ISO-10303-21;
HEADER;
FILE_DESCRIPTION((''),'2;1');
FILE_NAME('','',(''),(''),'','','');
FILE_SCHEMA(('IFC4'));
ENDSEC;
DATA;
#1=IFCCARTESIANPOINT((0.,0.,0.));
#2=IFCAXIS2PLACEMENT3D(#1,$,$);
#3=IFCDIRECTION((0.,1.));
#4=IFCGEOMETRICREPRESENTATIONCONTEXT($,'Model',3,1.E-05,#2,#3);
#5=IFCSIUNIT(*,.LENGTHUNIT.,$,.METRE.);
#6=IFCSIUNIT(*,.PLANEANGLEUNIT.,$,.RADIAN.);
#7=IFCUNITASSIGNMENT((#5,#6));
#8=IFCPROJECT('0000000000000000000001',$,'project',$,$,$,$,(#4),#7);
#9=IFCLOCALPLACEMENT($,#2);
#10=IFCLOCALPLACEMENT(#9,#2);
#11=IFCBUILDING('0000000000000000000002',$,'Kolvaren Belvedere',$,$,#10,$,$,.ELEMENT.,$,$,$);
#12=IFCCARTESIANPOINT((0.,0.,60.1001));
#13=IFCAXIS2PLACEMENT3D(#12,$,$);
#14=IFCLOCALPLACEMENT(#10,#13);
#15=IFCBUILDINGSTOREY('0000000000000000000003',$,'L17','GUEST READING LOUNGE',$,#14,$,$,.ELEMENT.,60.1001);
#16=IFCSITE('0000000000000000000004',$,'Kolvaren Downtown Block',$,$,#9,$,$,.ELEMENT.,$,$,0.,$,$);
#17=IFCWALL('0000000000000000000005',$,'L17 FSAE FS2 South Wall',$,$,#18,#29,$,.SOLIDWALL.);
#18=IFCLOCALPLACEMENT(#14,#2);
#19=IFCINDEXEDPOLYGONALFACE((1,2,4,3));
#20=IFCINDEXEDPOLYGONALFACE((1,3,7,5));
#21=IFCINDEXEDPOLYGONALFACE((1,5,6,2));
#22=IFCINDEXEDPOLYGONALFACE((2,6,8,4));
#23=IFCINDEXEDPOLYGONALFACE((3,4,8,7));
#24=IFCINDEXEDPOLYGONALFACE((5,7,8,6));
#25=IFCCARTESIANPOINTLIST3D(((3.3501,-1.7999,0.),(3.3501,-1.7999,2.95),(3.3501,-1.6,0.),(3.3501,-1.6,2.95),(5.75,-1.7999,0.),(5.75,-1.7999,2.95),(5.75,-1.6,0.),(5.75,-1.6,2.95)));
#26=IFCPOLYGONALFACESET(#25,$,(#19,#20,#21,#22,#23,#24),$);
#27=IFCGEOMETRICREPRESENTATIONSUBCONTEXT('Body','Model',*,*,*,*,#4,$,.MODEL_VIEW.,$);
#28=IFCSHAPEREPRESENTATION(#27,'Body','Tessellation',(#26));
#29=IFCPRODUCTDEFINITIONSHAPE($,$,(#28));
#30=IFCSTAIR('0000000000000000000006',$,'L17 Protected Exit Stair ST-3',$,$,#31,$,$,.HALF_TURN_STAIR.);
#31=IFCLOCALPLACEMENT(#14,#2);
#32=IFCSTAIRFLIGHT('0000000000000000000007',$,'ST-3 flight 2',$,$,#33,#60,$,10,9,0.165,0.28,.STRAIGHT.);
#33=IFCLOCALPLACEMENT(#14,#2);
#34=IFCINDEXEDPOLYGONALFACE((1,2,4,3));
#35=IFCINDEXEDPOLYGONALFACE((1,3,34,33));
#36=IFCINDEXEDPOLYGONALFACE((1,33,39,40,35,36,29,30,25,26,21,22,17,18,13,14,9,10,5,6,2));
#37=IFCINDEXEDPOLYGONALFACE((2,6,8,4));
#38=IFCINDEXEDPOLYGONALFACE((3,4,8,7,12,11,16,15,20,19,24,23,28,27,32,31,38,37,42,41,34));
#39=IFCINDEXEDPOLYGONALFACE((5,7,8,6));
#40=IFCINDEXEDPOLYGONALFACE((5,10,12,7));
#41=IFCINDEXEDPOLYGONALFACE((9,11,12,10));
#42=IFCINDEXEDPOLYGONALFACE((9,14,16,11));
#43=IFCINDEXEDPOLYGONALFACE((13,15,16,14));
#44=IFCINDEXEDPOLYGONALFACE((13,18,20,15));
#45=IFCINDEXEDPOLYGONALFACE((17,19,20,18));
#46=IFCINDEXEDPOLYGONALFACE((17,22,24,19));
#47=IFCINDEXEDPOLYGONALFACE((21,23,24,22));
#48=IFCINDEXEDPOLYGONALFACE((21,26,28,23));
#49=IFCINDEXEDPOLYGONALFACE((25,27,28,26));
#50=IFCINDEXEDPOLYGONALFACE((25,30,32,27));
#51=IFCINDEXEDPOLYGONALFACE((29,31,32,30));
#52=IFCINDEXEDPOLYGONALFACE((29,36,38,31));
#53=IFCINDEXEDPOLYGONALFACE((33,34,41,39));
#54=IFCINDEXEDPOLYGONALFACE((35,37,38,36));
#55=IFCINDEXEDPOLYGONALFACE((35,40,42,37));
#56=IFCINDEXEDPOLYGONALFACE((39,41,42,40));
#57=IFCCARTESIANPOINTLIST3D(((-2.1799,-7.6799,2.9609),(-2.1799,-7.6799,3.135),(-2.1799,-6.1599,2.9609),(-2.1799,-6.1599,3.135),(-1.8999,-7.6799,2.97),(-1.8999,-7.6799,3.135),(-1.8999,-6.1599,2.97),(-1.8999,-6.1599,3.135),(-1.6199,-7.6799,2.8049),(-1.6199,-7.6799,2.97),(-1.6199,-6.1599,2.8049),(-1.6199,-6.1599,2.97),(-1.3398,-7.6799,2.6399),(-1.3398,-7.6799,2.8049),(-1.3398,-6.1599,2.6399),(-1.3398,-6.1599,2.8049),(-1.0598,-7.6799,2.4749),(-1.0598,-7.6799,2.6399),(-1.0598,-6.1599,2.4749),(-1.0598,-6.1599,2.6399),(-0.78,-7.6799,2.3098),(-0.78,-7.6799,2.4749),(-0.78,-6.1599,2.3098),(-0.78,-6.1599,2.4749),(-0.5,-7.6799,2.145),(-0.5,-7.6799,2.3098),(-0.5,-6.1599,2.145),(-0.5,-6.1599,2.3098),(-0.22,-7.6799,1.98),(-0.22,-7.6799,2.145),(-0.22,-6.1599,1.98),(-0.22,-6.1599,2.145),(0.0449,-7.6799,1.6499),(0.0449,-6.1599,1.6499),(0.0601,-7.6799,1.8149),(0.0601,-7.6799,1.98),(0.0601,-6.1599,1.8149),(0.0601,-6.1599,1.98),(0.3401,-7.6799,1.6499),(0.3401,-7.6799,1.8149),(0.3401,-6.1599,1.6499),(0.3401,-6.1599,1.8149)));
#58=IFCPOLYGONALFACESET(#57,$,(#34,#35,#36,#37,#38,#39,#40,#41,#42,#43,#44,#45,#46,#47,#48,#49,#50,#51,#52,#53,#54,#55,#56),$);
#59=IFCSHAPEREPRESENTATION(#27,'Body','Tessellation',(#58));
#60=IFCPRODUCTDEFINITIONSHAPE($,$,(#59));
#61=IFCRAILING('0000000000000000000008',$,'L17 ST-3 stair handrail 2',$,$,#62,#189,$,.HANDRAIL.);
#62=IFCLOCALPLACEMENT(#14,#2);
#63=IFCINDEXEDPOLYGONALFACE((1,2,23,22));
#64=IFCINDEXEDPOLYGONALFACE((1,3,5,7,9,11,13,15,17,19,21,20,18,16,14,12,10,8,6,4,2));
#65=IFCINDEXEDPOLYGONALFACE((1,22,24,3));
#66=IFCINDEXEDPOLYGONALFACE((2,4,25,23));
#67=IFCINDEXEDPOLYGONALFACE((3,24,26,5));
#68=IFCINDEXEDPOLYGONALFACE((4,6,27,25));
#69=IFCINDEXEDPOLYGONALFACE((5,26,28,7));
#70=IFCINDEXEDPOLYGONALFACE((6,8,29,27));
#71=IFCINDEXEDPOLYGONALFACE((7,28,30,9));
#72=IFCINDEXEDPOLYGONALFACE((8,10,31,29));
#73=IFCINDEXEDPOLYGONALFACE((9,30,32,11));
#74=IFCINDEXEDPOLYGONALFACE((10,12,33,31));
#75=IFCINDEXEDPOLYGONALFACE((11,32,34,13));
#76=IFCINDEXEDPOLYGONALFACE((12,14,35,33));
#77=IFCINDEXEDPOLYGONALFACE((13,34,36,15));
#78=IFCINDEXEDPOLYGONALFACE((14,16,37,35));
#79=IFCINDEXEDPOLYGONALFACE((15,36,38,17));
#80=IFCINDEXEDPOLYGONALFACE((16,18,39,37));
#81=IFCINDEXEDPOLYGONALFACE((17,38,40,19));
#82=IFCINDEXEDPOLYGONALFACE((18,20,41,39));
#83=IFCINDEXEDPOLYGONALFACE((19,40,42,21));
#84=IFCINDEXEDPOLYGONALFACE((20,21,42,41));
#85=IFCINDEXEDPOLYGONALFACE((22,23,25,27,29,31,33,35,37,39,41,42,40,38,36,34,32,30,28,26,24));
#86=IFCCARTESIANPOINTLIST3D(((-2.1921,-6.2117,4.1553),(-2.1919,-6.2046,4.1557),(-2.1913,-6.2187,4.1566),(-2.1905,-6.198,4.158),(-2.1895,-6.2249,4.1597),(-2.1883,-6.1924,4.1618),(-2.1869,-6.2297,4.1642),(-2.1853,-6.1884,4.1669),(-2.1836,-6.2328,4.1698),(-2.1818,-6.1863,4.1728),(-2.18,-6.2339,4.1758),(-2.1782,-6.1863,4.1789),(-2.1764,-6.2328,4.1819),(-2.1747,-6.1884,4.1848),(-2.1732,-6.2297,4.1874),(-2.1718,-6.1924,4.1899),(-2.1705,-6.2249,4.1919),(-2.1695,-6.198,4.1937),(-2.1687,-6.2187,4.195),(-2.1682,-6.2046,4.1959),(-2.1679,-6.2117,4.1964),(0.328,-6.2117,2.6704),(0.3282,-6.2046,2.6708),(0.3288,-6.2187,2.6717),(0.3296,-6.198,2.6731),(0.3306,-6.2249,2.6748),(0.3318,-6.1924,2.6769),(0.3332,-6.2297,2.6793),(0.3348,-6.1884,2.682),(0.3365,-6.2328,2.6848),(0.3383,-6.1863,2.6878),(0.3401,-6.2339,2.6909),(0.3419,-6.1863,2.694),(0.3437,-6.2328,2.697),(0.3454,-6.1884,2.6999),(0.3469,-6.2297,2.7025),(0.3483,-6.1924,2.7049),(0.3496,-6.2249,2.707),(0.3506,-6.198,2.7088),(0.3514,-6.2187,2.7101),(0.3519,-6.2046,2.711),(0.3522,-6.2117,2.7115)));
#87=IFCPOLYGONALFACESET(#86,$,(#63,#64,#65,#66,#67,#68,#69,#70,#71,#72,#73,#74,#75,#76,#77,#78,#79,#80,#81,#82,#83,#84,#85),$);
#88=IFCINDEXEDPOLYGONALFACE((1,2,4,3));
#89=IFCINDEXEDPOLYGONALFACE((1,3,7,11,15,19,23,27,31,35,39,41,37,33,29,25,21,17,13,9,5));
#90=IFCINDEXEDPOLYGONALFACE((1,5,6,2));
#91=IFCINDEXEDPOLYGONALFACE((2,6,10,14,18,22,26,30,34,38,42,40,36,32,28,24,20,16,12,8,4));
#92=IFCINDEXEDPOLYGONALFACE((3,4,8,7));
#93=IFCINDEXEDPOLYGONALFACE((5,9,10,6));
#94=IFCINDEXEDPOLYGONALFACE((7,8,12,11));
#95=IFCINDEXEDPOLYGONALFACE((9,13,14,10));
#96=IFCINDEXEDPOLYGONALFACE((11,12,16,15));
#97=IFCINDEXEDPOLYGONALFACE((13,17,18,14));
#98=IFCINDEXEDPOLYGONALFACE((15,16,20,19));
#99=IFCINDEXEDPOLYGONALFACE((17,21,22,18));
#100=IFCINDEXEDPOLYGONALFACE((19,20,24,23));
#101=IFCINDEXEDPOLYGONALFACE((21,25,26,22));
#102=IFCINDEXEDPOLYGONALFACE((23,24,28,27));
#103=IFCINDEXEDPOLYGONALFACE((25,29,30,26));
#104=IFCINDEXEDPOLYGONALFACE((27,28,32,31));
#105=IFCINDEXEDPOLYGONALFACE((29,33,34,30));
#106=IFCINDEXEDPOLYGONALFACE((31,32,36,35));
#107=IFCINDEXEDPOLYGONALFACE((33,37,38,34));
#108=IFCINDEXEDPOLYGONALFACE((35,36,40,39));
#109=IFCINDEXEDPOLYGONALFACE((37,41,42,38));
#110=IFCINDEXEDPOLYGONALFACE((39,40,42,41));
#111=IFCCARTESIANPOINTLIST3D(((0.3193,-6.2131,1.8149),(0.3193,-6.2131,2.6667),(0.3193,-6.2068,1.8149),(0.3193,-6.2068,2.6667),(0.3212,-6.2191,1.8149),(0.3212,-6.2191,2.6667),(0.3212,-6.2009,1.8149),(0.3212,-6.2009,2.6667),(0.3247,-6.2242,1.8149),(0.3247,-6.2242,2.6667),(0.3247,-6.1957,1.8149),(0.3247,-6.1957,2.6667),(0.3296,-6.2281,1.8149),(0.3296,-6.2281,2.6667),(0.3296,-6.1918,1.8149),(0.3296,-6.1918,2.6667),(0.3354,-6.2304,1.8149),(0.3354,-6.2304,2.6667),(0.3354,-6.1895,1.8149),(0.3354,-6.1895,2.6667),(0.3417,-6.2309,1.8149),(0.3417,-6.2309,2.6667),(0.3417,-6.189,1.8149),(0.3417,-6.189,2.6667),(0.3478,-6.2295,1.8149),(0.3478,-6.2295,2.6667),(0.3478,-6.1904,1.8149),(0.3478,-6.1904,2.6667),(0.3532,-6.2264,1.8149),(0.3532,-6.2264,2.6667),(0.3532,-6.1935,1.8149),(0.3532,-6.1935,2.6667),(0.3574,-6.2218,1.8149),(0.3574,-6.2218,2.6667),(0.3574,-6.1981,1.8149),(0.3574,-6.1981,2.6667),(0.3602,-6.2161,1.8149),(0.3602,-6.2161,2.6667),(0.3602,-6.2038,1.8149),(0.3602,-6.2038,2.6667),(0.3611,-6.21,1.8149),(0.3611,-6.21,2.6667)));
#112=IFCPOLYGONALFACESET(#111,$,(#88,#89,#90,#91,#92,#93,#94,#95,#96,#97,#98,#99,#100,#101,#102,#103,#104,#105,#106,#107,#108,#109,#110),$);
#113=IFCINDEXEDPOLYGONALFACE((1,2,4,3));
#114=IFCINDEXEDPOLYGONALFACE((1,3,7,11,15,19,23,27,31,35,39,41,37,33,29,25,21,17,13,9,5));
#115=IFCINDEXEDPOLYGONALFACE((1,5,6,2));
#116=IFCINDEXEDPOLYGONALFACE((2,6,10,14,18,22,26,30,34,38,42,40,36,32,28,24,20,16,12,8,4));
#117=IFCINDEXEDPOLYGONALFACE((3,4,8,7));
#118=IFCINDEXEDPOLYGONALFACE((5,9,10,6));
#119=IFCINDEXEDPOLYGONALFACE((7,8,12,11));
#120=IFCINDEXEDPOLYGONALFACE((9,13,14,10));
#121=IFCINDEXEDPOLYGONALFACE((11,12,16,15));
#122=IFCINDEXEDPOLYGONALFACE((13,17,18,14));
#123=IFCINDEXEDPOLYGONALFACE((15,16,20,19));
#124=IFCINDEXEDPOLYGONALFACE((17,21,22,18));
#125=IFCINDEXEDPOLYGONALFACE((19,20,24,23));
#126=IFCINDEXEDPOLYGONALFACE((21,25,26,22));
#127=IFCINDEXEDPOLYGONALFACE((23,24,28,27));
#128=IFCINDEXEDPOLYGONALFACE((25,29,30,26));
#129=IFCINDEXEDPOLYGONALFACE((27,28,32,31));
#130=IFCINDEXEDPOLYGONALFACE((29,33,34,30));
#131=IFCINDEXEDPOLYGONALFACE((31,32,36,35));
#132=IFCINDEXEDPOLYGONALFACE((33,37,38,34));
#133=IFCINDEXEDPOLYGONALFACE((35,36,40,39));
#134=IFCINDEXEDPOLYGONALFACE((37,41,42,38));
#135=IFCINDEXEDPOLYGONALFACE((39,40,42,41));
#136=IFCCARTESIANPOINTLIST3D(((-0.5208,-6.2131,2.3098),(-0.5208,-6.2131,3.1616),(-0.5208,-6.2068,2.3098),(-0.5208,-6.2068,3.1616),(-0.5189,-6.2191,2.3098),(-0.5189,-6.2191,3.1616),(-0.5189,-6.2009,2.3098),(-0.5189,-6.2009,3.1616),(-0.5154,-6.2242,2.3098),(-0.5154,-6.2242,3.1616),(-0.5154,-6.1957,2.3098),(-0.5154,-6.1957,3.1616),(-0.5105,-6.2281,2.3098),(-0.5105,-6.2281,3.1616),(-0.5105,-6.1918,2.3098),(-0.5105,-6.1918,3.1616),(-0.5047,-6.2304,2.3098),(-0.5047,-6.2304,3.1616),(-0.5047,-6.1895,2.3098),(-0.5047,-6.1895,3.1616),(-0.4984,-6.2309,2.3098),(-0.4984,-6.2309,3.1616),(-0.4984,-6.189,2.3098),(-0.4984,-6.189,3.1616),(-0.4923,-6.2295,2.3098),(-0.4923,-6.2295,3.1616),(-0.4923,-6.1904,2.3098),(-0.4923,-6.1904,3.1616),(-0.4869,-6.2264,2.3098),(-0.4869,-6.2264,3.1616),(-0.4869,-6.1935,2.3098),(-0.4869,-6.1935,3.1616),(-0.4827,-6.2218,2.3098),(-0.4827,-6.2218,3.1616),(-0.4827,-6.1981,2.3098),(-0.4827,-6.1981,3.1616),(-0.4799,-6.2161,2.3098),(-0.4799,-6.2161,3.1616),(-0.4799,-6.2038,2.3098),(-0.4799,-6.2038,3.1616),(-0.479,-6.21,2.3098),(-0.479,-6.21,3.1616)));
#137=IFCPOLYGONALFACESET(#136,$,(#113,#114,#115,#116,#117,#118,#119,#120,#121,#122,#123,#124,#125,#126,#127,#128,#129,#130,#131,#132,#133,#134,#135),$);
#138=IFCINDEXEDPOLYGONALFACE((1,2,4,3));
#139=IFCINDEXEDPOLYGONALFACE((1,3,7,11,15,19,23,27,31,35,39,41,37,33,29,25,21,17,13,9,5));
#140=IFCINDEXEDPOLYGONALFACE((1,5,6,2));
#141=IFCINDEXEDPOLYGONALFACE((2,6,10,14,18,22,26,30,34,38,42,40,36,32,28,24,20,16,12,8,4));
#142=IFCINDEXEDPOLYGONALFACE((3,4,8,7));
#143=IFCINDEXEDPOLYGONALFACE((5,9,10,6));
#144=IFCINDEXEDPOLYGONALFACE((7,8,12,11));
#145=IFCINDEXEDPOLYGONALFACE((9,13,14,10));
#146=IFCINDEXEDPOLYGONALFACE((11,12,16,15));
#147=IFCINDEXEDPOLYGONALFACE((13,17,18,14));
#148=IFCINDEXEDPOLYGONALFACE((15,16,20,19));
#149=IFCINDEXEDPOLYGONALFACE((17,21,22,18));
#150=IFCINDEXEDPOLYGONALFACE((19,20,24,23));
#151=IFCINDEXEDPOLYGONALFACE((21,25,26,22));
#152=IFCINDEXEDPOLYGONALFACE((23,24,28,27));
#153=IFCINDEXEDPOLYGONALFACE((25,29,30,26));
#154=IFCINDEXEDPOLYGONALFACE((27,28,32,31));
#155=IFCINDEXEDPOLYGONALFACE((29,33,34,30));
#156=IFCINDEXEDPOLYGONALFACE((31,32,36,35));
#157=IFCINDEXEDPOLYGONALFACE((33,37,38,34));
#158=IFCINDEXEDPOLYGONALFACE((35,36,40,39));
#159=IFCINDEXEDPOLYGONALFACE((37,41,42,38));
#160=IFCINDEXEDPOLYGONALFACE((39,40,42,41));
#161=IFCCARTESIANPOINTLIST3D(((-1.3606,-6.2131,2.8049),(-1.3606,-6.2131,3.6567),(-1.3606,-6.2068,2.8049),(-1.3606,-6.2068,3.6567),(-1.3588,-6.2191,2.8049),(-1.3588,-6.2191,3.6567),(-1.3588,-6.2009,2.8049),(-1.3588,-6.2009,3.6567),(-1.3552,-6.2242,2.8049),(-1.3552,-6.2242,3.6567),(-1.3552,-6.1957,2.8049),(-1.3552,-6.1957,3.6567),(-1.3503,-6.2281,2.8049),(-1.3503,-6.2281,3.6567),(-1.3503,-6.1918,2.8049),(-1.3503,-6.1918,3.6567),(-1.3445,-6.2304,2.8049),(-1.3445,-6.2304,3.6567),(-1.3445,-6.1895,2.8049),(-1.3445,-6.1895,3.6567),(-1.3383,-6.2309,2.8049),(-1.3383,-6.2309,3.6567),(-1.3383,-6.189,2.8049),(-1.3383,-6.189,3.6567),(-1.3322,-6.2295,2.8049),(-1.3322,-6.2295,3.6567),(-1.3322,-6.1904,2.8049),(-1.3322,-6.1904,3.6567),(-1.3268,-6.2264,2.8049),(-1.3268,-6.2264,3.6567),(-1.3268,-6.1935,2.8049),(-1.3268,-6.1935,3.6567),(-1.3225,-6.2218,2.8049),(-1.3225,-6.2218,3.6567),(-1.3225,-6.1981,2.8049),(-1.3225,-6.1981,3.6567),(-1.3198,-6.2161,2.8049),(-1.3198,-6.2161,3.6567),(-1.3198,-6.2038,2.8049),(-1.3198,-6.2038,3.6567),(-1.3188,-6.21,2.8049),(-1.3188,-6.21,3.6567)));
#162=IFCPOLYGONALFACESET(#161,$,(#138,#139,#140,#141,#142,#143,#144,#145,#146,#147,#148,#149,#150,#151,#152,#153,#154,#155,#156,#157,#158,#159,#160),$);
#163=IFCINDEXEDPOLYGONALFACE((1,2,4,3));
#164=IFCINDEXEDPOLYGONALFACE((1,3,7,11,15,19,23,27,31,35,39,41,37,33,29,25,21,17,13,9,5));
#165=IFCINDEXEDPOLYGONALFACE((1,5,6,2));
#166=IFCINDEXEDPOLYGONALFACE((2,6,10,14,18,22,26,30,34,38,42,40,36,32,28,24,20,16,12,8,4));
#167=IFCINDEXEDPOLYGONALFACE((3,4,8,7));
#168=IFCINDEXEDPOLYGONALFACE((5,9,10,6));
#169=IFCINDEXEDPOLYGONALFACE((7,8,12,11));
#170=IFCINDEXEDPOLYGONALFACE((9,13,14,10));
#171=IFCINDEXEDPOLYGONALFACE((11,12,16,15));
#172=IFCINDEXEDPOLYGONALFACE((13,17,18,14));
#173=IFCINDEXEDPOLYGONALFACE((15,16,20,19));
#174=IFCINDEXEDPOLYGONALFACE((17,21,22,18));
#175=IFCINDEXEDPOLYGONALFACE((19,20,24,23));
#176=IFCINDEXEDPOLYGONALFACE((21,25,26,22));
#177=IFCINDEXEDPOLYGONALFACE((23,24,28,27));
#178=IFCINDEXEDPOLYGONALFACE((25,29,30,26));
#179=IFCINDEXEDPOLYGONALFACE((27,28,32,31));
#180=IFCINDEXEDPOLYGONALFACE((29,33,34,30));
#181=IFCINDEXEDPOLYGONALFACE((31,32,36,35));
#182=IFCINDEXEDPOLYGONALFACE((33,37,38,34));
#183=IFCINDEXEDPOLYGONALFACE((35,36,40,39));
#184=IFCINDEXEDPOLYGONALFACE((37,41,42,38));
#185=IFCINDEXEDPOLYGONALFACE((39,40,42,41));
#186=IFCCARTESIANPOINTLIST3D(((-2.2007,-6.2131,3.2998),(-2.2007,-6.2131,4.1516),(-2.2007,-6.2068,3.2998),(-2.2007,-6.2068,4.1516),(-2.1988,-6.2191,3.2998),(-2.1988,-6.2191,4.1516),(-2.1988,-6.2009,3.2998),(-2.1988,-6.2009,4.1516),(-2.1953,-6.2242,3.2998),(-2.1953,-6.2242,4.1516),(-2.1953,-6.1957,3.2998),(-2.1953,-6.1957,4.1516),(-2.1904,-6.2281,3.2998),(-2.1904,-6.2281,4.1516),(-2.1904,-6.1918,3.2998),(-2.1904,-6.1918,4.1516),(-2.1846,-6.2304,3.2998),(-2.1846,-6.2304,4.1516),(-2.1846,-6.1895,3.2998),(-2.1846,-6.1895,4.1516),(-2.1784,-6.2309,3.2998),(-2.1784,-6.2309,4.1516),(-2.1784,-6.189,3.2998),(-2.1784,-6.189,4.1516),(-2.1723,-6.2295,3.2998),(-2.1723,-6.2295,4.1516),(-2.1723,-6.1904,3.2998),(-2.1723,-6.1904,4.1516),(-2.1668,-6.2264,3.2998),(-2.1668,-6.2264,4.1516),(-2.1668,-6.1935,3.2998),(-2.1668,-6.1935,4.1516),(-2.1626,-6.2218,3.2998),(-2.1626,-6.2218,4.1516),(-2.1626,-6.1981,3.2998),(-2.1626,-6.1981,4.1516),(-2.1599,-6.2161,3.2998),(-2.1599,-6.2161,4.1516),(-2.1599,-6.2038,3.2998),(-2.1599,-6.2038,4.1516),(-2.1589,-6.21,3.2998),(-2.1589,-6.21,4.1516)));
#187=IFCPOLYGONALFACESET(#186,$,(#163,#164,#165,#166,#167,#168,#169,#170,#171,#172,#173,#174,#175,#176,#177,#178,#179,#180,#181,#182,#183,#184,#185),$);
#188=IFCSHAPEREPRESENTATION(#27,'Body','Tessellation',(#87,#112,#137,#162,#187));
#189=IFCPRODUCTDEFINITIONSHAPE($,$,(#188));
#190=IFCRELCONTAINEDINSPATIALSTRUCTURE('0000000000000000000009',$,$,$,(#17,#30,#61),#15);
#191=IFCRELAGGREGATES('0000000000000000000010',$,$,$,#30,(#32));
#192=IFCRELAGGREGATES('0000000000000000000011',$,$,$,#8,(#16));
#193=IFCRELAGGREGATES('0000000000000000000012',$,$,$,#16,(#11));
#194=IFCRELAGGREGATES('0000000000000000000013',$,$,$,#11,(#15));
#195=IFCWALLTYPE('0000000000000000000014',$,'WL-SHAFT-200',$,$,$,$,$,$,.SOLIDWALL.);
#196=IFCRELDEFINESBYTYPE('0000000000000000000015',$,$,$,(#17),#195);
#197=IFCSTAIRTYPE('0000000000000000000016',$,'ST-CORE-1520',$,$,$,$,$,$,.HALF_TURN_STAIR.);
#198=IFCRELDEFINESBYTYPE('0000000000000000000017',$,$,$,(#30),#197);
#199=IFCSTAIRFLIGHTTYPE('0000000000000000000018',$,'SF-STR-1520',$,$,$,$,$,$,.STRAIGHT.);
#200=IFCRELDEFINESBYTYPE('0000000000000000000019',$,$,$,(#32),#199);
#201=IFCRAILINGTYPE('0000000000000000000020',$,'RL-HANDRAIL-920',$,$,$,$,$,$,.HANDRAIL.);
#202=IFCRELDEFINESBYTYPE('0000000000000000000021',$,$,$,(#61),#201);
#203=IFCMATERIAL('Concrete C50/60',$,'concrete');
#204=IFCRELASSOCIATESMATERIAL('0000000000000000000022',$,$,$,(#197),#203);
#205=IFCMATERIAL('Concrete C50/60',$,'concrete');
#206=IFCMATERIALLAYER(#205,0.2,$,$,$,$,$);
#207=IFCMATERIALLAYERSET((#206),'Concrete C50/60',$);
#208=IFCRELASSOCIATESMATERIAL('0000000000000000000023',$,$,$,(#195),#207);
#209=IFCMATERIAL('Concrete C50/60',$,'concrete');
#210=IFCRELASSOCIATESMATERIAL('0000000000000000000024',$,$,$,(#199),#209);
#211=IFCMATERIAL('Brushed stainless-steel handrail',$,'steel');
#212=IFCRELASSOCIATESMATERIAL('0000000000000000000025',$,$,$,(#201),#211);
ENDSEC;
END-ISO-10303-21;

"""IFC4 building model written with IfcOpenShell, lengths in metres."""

from ifc_helpers import new_model, si_unit, direction, frame, frame_2d, origin, origin_2d, place, context, subcontext, project, spatial, polyline, rectangle, circle, outline, extrude, material, layer, layer_set, type_object, element, aggregate, save


model = new_model("IFC4")

# Units and contexts
model_context = context("Model", 3, precision=1e-05, world=origin(), true_north=direction((0.0, 1.0)))
body_context = subcontext(model_context, "Body", "Model", "MODEL_VIEW")
ifc_project = project(units=[si_unit("LENGTHUNIT", "METRE"), si_unit("PLANEANGLEUNIT", "RADIAN")], contexts=[model_context])

# Site, building, storey
site_placement = place(None, origin())
site = spatial("IfcSite", under=ifc_project, at=site_placement, Name="Kolvaren Downtown Block", CompositionType="ELEMENT", RefElevation=0.0)
building_placement = place(site_placement, origin())
building = spatial("IfcBuilding", under=site, at=building_placement, Name="Kolvaren Belvedere", CompositionType="ELEMENT")
storey_placement = place(building_placement, frame((0.0, 0.0, 60.1001)))
storey = spatial("IfcBuildingStorey", under=building, at=storey_placement, Name="L17", Description="GUEST READING LOUNGE", CompositionType="ELEMENT", Elevation=60.1001)

# Shared definitions
ifc_material_1 = material(Name="Concrete C50/60", Category="concrete")
stair_type = type_object("IfcStairType", Name="ST-CORE-1520", PredefinedType="HALF_TURN_STAIR", material=ifc_material_1)

# Wall
ifc_material_2 = material(Name="Concrete C50/60", Category="concrete")
ifc_layer_1 = layer(ifc_material_2, 0.2)
ifc_layer_set_1 = layer_set([ifc_layer_1], Name="Concrete C50/60")
wall_type_1 = type_object("IfcWallType", Name="WL-SHAFT-200", PredefinedType="SOLIDWALL", material=ifc_layer_set_1)
wall_1_placement = place(storey_placement, frame((3.3501, -1.7, 0.0), z_axis=(0.0, 0.0, 1.0), x_axis=(1.0, 0.0, 0.0)))
element("IfcWall", 1, at=wall_1_placement, inside=storey, type_object=wall_type_1, Name="L17 FSAE FS2 South Wall", PredefinedType="SOLIDWALL", context=body_context, shape_type="SweptSolid", body=[
    extrude(rectangle(XDim=2.3999, YDim=0.2, at=frame_2d((1.2, 0.0))), origin(), (0.0, 0.0, 1.0), 2.95),
])

# Stair, stair flight
stair_1_placement = place(storey_placement, origin())
stair_1 = element("IfcStair", 2, at=stair_1_placement, inside=storey, type_object=stair_type, Name="L17 Protected Exit Stair ST-3", PredefinedType="HALF_TURN_STAIR")
ifc_material_3 = material(Name="Concrete C50/60", Category="concrete")
stair_flight_type = type_object("IfcStairFlightType", Name="SF-STR-1520", PredefinedType="STRAIGHT", material=ifc_material_3)
stair_flight_placement = place(storey_placement, frame((0.3401, -6.9199, 1.6499), z_axis=(0.0, 0.0, 1.0), x_axis=(-1.0, 0.0, 0.0)))
stair_flight = element("IfcStairFlight", 3, at=stair_flight_placement, type_object=stair_flight_type, Name="ST-3 flight 2", NumberOfRisers=10, NumberOfTreads=9, PredefinedType="STRAIGHT", RiserHeight=0.165, TreadLength=0.28, context=body_context, shape_type="SweptSolid", body=[
    extrude(outline(polyline([(0.0, 0.0), (0.0, 0.165), (0.28, 0.165), (0.28, 0.3301), (0.5601, 0.3301), (0.5601, 0.4951), (0.8401, 0.4951), (0.8401, 0.6599), (1.1201, 0.6599), (1.1201, 0.825), (1.3999, 0.825), (1.3999, 0.99), (1.6799, 0.99), (1.6799, 1.155), (1.96, 1.155), (1.96, 1.3201), (2.24, 1.3201), (2.24, 1.4851), (2.52, 1.4851), (2.52, 1.6499), (2.52, 1.311), (0.2952, 0.0), (0.0, 0.0)])), frame((0.0, 0.76, 0.0), z_axis=(0.0, -1.0, 0.0), x_axis=(1.0, 0.0, 0.0)), (0.0, 0.0, 1.0), 1.52),
])
aggregate(stair_1, [stair_flight])

# Railing
ifc_material_4 = material(Name="Brushed stainless-steel handrail", Category="steel")
railing_type_1 = type_object("IfcRailingType", Name="RL-HANDRAIL-920", PredefinedType="HANDRAIL", material=ifc_material_4)
railing_1_placement = place(storey_placement, frame((0.3401, -6.21, 1.8149)))
element("IfcRailing", 4, at=railing_1_placement, inside=storey, type_object=railing_type_1, Name="L17 ST-3 stair handrail 2", PredefinedType="HANDRAIL", context=body_context, shape_type="SweptSolid", body=[
    extrude(circle(Radius=0.0239, at=origin_2d()), frame((0.0, 0.0, 0.876), z_axis=(-0.861561, 0.0, 0.507655), x_axis=(0.0, -1.0, 0.0)), (0.0, 0.0, 1.0), 2.925),
    extrude(circle(Radius=0.021, at=origin_2d()), origin(), (0.0, 0.0, 1.0), 0.8518),
    extrude(circle(Radius=0.021, at=origin_2d()), frame((-0.8401, 0.0, 0.4949)), (0.0, 0.0, 1.0), 0.8518),
    extrude(circle(Radius=0.021, at=origin_2d()), frame((-1.6799, 0.0, 0.99)), (0.0, 0.0, 1.0), 0.8518),
    extrude(circle(Radius=0.021, at=origin_2d()), frame((-2.52, 0.0, 1.4849)), (0.0, 0.0, 1.0), 0.8518),
])

save(model, "model.ifc")
